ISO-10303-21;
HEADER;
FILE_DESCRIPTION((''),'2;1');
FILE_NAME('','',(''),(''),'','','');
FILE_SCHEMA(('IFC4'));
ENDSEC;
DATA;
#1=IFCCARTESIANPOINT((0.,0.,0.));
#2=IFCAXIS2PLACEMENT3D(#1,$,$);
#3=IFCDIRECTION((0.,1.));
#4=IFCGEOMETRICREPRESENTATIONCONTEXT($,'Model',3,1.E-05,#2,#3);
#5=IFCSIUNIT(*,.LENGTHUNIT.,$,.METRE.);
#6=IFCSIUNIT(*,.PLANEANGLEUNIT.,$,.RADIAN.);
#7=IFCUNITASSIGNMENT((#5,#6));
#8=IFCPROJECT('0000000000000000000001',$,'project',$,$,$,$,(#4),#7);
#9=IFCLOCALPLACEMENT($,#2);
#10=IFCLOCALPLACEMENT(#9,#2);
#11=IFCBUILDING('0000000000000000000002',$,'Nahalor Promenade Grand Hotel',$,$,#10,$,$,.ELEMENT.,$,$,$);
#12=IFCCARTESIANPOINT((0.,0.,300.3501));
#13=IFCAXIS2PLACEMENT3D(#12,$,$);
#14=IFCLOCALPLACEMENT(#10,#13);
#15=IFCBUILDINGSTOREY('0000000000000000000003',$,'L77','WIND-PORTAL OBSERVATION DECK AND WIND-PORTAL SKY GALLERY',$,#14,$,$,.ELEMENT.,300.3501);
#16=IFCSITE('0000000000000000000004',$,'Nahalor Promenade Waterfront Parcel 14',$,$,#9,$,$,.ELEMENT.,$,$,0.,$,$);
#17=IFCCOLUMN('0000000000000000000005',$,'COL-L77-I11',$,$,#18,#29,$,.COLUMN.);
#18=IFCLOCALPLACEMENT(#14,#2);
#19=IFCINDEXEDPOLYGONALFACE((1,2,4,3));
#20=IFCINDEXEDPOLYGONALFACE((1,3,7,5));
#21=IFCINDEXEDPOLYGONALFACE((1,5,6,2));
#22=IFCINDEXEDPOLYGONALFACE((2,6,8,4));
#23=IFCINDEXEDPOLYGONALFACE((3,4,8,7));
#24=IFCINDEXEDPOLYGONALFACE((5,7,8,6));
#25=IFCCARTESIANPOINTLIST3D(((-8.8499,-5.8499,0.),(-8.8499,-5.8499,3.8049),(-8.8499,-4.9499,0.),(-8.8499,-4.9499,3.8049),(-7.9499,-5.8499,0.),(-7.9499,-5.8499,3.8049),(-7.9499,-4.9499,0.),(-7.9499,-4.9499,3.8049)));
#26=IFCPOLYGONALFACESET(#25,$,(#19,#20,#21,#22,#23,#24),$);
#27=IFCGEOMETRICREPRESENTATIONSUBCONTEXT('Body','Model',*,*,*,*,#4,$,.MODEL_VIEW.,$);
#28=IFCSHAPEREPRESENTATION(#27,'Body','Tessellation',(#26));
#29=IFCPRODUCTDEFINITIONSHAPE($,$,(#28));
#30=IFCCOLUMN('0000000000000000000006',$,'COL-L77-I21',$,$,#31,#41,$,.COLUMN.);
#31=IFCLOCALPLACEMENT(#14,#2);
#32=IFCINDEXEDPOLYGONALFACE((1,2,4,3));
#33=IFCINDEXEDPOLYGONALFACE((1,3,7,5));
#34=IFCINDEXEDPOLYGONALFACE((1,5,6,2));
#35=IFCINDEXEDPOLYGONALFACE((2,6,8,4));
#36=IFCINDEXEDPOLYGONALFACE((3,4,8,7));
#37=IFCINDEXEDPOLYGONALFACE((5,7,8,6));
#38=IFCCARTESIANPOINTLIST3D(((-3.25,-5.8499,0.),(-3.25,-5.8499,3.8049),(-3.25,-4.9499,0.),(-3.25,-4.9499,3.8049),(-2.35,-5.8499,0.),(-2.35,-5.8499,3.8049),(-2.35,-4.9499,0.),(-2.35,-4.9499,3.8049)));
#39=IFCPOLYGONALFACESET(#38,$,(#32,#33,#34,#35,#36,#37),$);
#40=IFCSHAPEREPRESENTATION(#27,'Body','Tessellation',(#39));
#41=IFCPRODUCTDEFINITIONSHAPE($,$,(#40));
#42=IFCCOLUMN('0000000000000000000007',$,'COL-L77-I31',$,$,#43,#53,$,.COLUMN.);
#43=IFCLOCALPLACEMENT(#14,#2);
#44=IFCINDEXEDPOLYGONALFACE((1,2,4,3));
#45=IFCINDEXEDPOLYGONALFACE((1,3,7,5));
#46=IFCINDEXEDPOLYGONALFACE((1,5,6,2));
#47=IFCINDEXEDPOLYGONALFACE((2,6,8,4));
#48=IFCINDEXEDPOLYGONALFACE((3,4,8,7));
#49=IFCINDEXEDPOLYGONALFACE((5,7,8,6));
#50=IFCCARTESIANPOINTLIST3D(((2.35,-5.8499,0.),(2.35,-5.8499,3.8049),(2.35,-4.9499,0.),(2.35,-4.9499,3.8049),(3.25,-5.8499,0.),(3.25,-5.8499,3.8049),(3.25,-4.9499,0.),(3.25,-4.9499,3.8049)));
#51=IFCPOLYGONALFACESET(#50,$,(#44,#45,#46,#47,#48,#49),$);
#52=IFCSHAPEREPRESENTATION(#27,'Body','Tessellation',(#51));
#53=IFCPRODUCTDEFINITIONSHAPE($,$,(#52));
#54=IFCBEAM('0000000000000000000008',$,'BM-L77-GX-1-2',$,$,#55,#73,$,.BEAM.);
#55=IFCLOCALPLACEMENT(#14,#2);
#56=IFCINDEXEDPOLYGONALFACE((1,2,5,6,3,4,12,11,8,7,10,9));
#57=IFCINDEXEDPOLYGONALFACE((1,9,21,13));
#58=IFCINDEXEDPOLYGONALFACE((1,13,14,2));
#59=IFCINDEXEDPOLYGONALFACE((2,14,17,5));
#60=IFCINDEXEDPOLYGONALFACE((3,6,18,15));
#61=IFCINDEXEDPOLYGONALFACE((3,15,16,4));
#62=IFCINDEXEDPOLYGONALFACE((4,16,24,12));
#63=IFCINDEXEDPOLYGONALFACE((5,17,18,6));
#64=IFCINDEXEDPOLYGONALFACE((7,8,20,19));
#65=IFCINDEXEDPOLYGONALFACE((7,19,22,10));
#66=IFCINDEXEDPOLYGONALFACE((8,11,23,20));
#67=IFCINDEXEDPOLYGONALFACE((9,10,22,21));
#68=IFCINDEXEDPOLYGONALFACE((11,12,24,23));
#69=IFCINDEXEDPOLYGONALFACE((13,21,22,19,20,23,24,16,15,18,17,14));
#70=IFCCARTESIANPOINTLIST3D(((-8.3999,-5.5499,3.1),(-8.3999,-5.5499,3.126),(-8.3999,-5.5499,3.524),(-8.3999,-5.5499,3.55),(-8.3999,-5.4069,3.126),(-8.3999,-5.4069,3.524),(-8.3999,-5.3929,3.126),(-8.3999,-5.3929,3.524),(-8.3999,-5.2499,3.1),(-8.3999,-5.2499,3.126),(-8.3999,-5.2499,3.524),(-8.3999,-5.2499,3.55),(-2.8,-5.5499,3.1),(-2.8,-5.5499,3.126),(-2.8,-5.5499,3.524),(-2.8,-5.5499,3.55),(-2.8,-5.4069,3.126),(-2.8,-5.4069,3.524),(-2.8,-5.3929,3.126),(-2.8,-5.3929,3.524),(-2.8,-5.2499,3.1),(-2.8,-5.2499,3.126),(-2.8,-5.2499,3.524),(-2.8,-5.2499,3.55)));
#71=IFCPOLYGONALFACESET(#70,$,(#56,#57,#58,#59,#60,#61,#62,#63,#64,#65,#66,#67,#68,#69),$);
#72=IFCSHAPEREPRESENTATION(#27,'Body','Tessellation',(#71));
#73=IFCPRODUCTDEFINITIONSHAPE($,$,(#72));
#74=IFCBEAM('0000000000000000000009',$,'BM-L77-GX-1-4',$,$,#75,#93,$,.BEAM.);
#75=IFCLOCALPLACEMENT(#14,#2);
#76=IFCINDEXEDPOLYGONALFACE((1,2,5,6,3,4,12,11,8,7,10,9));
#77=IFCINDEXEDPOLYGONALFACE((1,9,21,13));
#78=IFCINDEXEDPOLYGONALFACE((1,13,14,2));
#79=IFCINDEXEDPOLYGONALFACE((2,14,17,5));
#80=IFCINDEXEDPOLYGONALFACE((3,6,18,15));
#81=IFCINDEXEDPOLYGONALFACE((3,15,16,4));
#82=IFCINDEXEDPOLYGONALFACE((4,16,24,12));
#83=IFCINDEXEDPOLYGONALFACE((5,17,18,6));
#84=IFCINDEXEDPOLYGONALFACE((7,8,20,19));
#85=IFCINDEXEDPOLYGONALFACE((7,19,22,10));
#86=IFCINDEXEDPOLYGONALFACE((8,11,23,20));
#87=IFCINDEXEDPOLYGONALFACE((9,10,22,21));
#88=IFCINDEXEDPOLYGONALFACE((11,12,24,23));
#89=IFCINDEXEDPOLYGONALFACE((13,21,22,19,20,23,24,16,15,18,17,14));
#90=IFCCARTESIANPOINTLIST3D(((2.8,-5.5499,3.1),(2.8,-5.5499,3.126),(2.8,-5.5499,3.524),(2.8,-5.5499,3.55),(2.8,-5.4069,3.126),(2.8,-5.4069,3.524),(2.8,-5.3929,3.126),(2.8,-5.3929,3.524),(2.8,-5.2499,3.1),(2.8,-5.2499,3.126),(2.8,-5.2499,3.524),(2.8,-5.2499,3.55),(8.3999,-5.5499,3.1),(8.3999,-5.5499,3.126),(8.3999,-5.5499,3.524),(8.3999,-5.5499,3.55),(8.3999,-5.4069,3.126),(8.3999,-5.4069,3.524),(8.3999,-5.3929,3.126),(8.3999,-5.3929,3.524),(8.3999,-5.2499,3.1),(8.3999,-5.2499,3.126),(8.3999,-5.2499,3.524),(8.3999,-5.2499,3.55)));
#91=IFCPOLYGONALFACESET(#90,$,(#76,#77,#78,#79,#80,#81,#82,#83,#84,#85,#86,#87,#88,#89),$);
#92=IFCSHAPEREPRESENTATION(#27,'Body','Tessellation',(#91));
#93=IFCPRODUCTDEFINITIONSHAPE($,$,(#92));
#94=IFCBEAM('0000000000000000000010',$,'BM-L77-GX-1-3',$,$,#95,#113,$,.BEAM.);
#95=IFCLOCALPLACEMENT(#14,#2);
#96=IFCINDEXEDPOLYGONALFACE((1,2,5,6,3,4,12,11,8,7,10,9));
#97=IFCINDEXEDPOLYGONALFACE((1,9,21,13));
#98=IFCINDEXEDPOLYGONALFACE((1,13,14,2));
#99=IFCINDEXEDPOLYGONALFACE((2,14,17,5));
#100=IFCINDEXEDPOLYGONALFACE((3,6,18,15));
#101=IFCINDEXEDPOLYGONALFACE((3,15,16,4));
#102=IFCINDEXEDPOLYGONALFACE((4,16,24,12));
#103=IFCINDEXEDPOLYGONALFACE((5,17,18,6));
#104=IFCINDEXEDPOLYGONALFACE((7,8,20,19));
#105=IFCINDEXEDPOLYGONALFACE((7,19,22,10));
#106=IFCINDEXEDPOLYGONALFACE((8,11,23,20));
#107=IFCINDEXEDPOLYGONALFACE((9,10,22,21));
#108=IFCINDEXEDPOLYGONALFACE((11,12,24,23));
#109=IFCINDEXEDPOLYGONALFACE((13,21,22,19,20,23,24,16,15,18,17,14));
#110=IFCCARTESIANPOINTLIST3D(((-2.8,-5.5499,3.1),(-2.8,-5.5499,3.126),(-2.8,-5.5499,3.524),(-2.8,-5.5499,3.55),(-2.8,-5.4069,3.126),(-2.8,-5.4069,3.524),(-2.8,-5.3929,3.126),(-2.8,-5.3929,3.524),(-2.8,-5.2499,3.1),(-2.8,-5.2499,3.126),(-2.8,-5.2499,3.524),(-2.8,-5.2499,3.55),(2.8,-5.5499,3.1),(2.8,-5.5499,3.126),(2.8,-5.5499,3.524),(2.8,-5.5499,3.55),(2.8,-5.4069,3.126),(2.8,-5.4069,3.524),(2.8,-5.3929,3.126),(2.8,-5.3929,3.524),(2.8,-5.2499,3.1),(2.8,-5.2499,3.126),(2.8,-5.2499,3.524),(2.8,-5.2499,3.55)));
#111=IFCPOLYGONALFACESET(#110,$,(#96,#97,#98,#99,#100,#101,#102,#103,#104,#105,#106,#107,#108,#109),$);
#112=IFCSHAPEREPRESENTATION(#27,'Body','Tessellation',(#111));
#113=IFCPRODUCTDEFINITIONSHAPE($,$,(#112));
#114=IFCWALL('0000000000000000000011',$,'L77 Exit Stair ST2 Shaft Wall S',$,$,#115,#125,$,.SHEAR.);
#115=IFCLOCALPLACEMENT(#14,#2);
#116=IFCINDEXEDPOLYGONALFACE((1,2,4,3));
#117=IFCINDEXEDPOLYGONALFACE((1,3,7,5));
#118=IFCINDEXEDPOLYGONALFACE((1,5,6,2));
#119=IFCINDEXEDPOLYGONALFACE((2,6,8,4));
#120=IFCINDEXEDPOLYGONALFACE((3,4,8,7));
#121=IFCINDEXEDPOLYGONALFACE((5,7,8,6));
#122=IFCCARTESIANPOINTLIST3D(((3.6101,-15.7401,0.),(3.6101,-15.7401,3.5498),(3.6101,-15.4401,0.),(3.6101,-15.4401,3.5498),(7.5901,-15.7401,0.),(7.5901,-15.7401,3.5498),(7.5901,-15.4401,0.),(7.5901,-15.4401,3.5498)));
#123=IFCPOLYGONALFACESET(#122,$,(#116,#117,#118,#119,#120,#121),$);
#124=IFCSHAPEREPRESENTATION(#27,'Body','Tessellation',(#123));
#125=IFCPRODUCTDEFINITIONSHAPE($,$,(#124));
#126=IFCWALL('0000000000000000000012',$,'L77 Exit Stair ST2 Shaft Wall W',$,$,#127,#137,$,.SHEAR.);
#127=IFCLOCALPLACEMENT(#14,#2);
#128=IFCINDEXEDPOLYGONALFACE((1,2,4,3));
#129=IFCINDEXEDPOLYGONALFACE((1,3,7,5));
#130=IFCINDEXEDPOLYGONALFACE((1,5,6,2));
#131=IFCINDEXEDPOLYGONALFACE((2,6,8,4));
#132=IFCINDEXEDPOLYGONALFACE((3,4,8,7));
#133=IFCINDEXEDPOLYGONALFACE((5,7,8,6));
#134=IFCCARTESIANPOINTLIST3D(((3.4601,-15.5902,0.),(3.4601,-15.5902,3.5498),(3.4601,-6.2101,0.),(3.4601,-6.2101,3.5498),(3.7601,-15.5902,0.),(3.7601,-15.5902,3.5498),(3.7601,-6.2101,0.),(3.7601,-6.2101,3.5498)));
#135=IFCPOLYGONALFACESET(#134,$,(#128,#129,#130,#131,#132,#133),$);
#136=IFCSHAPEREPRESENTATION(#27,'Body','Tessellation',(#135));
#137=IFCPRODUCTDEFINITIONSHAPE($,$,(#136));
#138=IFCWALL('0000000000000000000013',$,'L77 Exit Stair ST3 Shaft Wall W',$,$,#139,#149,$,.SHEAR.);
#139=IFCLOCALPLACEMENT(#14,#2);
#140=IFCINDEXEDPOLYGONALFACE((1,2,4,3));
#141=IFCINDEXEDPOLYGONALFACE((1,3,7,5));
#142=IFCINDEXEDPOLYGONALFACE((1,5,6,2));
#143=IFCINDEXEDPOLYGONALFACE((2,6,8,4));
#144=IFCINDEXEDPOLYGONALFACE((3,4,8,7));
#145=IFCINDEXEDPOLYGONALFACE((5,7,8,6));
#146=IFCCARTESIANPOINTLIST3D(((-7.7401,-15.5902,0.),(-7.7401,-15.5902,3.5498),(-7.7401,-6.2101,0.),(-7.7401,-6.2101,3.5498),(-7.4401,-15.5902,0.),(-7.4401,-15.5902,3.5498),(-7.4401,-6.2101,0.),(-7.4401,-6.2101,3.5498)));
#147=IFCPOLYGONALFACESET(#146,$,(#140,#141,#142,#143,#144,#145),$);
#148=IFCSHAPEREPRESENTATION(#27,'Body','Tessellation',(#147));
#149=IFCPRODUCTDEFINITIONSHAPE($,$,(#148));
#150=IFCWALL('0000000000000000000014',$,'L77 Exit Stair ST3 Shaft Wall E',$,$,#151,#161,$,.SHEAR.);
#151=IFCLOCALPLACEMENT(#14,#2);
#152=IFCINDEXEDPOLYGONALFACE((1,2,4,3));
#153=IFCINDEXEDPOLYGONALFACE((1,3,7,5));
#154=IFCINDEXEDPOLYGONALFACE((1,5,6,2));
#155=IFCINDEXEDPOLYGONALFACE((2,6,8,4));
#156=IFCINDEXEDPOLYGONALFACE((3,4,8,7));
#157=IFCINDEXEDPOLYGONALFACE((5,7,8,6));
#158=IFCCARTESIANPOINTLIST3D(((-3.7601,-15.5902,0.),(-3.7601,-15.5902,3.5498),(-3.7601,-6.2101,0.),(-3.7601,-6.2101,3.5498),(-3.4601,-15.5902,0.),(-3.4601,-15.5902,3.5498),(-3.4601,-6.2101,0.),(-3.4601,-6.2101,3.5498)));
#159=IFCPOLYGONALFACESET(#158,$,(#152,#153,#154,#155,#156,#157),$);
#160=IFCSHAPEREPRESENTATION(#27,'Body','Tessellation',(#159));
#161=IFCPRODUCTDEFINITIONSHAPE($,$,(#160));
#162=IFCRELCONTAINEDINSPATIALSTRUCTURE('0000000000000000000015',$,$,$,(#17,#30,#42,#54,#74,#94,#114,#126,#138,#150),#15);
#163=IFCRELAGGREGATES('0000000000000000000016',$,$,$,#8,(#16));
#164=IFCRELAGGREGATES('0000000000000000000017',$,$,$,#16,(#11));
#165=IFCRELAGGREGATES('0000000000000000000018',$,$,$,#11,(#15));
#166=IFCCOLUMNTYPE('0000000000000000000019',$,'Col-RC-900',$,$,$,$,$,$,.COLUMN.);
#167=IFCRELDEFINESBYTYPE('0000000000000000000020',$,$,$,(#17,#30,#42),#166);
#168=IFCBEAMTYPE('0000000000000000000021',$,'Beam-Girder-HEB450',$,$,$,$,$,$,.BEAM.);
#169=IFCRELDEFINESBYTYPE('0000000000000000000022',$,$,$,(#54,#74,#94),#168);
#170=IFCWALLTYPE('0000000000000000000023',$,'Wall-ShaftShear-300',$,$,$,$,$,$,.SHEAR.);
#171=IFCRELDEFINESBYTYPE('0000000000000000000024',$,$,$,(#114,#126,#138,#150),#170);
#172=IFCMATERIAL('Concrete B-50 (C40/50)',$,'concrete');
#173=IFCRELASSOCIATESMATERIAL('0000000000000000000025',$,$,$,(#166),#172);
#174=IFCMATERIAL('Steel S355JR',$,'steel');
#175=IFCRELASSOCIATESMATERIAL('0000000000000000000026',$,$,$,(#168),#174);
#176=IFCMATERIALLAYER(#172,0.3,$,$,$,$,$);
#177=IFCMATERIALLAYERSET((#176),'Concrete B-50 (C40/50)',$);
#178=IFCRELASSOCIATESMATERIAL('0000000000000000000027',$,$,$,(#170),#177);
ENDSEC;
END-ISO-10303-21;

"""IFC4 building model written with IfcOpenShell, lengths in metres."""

from ifc_helpers import new_model, si_unit, direction, frame, frame_2d, origin, origin_2d, place, context, subcontext, project, spatial, rectangle, i_section, extrude, source, transform, mapped, material, layer, layer_set, material_profile, profile_set, type_object, element, save


model = new_model("IFC4")

# Units and contexts
model_context = context("Model", 3, precision=1e-05, world=origin(), true_north=direction((0.0, 1.0)))
body_context = subcontext(model_context, "Body", "Model", "MODEL_VIEW")
ifc_project = project(units=[si_unit("LENGTHUNIT", "METRE"), si_unit("PLANEANGLEUNIT", "RADIAN")], contexts=[model_context])

# Site, building, storey
site_placement = place(None, origin())
site = spatial("IfcSite", under=ifc_project, at=site_placement, Name="Nahalor Promenade Waterfront Parcel 14", CompositionType="ELEMENT", RefElevation=0.0)
building_placement = place(site_placement, origin())
building = spatial("IfcBuilding", under=site, at=building_placement, Name="Nahalor Promenade Grand Hotel", CompositionType="ELEMENT")
storey_placement = place(building_placement, frame((0.0, 0.0, 300.3501)))
storey = spatial("IfcBuildingStorey", under=building, at=storey_placement, Name="L77", Description="WIND-PORTAL OBSERVATION DECK AND WIND-PORTAL SKY GALLERY", CompositionType="ELEMENT", Elevation=300.3501)

# Columns
ifc_material_1 = material(Name="Concrete B-50 (C40/50)", Category="concrete")
ifc_material_profile_1 = material_profile(ifc_material_1, rectangle(XDim=0.9, YDim=0.9, at=origin_2d()), Name="RC 900x900")
ifc_profile_set_1 = profile_set([ifc_material_profile_1], Name="Concrete B-50 (C40/50)")
column_type = type_object("IfcColumnType", Name="Col-RC-900", PredefinedType="COLUMN", material=ifc_profile_set_1)
shared_shape_1 = source(origin(), body_context, "Body", "SweptSolid", [
    extrude(rectangle(XDim=0.9, YDim=0.9, at=origin_2d()), origin(), (0.0, 0.0, 1.0), 3.8049),
])
for number, where, z_axis, x_axis, name in (
    (1, (-8.3999, -5.3999, 0.0), (0.0, 0.0, 1.0), (1.0, 0.0, 0.0), "COL-L77-I11"),
    (2, (-2.8, -5.3999, 0.0), (0.0, 0.0, 1.0), (1.0, 0.0, 0.0), "COL-L77-I21"),
    (3, (2.8, -5.3999, 0.0), (0.0, 0.0, 1.0), (1.0, 0.0, 0.0), "COL-L77-I31"),
):
    element("IfcColumn", number, at=place(storey_placement, frame(where, z_axis=z_axis, x_axis=x_axis)), inside=storey, type_object=column_type, Name=name, PredefinedType="COLUMN", context=body_context, shape_type="MappedRepresentation", body=[
        mapped(shared_shape_1, transform((0.0, 0.0, 0.0), scale=1.0)),
    ])

# Beams
ifc_material_2 = material(Name="Steel S355JR", Category="steel")
ifc_material_profile_2 = material_profile(ifc_material_2, i_section(OverallWidth=0.3, OverallDepth=0.45, WebThickness=0.014, FlangeThickness=0.026, at=origin_2d()), Name="HEB 450")
ifc_profile_set_2 = profile_set([ifc_material_profile_2], Name="Steel S355JR")
beam_type = type_object("IfcBeamType", Name="Beam-Girder-HEB450", PredefinedType="BEAM", material=ifc_profile_set_2)
shared_shape_2 = source(origin(), body_context, "Body", "SweptSolid", [
    extrude(i_section(OverallWidth=0.3, OverallDepth=0.45, WebThickness=0.014, FlangeThickness=0.026, at=origin_2d()), origin(), (0.0, 0.0, 1.0), 5.5999),
])
for number, where, z_axis, x_axis, name in (
    (4, (-8.3999, -5.3999, 3.325), (1.0, 0.0, 0.0), (0.0, 1.0, 0.0), "BM-L77-GX-1-2"),
    (5, (2.8, -5.3999, 3.325), (1.0, 0.0, 0.0), (0.0, 1.0, 0.0), "BM-L77-GX-1-4"),
):
    element("IfcBeam", number, at=place(storey_placement, frame(where, z_axis=z_axis, x_axis=x_axis)), inside=storey, type_object=beam_type, Name=name, PredefinedType="BEAM", context=body_context, shape_type="MappedRepresentation", body=[
        mapped(shared_shape_2, transform((0.0, 0.0, 0.0), scale=1.0)),
    ])
shared_shape_3 = source(origin(), body_context, "Body", "SweptSolid", [
    extrude(i_section(OverallWidth=0.3, OverallDepth=0.45, WebThickness=0.014, FlangeThickness=0.026, at=origin_2d()), origin(), (0.0, 0.0, 1.0), 5.6001),
])
beam_placement = place(storey_placement, frame((-2.8, -5.3999, 3.325), z_axis=(1.0, 0.0, 0.0), x_axis=(0.0, 1.0, 0.0)))
element("IfcBeam", 6, at=beam_placement, inside=storey, type_object=beam_type, Name="BM-L77-GX-1-3", PredefinedType="BEAM", context=body_context, shape_type="MappedRepresentation", body=[
    mapped(shared_shape_3, transform((0.0, 0.0, 0.0), scale=1.0)),
])

# Wall
ifc_layer_1 = layer(ifc_material_1, 0.3)
ifc_layer_set_1 = layer_set([ifc_layer_1], Name="Concrete B-50 (C40/50)")
wall_type = type_object("IfcWallType", Name="Wall-ShaftShear-300", PredefinedType="SHEAR", material=ifc_layer_set_1)
shared_shape_4 = source(origin(), body_context, "Body", "SweptSolid", [
    extrude(rectangle(XDim=3.98, YDim=0.3, at=frame_2d((1.99, 0.0))), origin(), (0.0, 0.0, 1.0), 3.5498),
])
wall_1_placement = place(storey_placement, frame((3.6101, -15.5901, 0.0), z_axis=(0.0, 0.0, 1.0), x_axis=(1.0, 0.0, 0.0)))
element("IfcWall", 7, at=wall_1_placement, inside=storey, type_object=wall_type, Name="L77 Exit Stair ST2 Shaft Wall S", PredefinedType="SHEAR", context=body_context, shape_type="MappedRepresentation", body=[
    mapped(shared_shape_4, transform((0.0, 0.0, 0.0), scale=1.0)),
])

# Walls
shared_shape_5 = source(origin(), body_context, "Body", "SweptSolid", [
    extrude(rectangle(XDim=9.3801, YDim=0.3, at=frame_2d((4.6899, 0.0))), origin(), (0.0, 0.0, 1.0), 3.5498),
])
for number, where, z_axis, x_axis, name in (
    (8, (3.6101, -15.5901, 0.0), (0.0, 0.0, 1.0), (0.0, 1.0, 0.0), "L77 Exit Stair ST2 Shaft Wall W"),
    (9, (-7.5901, -15.5901, 0.0), (0.0, 0.0, 1.0), (0.0, 1.0, 0.0), "L77 Exit Stair ST3 Shaft Wall W"),
    (10, (-3.6101, -15.5901, 0.0), (0.0, 0.0, 1.0), (0.0, 1.0, 0.0), "L77 Exit Stair ST3 Shaft Wall E"),
):
    element("IfcWall", number, at=place(storey_placement, frame(where, z_axis=z_axis, x_axis=x_axis)), inside=storey, type_object=wall_type, Name=name, PredefinedType="SHEAR", context=body_context, shape_type="MappedRepresentation", body=[
        mapped(shared_shape_5, transform((0.0, 0.0, 0.0), scale=1.0)),
    ])

save(model, "model.ifc")
